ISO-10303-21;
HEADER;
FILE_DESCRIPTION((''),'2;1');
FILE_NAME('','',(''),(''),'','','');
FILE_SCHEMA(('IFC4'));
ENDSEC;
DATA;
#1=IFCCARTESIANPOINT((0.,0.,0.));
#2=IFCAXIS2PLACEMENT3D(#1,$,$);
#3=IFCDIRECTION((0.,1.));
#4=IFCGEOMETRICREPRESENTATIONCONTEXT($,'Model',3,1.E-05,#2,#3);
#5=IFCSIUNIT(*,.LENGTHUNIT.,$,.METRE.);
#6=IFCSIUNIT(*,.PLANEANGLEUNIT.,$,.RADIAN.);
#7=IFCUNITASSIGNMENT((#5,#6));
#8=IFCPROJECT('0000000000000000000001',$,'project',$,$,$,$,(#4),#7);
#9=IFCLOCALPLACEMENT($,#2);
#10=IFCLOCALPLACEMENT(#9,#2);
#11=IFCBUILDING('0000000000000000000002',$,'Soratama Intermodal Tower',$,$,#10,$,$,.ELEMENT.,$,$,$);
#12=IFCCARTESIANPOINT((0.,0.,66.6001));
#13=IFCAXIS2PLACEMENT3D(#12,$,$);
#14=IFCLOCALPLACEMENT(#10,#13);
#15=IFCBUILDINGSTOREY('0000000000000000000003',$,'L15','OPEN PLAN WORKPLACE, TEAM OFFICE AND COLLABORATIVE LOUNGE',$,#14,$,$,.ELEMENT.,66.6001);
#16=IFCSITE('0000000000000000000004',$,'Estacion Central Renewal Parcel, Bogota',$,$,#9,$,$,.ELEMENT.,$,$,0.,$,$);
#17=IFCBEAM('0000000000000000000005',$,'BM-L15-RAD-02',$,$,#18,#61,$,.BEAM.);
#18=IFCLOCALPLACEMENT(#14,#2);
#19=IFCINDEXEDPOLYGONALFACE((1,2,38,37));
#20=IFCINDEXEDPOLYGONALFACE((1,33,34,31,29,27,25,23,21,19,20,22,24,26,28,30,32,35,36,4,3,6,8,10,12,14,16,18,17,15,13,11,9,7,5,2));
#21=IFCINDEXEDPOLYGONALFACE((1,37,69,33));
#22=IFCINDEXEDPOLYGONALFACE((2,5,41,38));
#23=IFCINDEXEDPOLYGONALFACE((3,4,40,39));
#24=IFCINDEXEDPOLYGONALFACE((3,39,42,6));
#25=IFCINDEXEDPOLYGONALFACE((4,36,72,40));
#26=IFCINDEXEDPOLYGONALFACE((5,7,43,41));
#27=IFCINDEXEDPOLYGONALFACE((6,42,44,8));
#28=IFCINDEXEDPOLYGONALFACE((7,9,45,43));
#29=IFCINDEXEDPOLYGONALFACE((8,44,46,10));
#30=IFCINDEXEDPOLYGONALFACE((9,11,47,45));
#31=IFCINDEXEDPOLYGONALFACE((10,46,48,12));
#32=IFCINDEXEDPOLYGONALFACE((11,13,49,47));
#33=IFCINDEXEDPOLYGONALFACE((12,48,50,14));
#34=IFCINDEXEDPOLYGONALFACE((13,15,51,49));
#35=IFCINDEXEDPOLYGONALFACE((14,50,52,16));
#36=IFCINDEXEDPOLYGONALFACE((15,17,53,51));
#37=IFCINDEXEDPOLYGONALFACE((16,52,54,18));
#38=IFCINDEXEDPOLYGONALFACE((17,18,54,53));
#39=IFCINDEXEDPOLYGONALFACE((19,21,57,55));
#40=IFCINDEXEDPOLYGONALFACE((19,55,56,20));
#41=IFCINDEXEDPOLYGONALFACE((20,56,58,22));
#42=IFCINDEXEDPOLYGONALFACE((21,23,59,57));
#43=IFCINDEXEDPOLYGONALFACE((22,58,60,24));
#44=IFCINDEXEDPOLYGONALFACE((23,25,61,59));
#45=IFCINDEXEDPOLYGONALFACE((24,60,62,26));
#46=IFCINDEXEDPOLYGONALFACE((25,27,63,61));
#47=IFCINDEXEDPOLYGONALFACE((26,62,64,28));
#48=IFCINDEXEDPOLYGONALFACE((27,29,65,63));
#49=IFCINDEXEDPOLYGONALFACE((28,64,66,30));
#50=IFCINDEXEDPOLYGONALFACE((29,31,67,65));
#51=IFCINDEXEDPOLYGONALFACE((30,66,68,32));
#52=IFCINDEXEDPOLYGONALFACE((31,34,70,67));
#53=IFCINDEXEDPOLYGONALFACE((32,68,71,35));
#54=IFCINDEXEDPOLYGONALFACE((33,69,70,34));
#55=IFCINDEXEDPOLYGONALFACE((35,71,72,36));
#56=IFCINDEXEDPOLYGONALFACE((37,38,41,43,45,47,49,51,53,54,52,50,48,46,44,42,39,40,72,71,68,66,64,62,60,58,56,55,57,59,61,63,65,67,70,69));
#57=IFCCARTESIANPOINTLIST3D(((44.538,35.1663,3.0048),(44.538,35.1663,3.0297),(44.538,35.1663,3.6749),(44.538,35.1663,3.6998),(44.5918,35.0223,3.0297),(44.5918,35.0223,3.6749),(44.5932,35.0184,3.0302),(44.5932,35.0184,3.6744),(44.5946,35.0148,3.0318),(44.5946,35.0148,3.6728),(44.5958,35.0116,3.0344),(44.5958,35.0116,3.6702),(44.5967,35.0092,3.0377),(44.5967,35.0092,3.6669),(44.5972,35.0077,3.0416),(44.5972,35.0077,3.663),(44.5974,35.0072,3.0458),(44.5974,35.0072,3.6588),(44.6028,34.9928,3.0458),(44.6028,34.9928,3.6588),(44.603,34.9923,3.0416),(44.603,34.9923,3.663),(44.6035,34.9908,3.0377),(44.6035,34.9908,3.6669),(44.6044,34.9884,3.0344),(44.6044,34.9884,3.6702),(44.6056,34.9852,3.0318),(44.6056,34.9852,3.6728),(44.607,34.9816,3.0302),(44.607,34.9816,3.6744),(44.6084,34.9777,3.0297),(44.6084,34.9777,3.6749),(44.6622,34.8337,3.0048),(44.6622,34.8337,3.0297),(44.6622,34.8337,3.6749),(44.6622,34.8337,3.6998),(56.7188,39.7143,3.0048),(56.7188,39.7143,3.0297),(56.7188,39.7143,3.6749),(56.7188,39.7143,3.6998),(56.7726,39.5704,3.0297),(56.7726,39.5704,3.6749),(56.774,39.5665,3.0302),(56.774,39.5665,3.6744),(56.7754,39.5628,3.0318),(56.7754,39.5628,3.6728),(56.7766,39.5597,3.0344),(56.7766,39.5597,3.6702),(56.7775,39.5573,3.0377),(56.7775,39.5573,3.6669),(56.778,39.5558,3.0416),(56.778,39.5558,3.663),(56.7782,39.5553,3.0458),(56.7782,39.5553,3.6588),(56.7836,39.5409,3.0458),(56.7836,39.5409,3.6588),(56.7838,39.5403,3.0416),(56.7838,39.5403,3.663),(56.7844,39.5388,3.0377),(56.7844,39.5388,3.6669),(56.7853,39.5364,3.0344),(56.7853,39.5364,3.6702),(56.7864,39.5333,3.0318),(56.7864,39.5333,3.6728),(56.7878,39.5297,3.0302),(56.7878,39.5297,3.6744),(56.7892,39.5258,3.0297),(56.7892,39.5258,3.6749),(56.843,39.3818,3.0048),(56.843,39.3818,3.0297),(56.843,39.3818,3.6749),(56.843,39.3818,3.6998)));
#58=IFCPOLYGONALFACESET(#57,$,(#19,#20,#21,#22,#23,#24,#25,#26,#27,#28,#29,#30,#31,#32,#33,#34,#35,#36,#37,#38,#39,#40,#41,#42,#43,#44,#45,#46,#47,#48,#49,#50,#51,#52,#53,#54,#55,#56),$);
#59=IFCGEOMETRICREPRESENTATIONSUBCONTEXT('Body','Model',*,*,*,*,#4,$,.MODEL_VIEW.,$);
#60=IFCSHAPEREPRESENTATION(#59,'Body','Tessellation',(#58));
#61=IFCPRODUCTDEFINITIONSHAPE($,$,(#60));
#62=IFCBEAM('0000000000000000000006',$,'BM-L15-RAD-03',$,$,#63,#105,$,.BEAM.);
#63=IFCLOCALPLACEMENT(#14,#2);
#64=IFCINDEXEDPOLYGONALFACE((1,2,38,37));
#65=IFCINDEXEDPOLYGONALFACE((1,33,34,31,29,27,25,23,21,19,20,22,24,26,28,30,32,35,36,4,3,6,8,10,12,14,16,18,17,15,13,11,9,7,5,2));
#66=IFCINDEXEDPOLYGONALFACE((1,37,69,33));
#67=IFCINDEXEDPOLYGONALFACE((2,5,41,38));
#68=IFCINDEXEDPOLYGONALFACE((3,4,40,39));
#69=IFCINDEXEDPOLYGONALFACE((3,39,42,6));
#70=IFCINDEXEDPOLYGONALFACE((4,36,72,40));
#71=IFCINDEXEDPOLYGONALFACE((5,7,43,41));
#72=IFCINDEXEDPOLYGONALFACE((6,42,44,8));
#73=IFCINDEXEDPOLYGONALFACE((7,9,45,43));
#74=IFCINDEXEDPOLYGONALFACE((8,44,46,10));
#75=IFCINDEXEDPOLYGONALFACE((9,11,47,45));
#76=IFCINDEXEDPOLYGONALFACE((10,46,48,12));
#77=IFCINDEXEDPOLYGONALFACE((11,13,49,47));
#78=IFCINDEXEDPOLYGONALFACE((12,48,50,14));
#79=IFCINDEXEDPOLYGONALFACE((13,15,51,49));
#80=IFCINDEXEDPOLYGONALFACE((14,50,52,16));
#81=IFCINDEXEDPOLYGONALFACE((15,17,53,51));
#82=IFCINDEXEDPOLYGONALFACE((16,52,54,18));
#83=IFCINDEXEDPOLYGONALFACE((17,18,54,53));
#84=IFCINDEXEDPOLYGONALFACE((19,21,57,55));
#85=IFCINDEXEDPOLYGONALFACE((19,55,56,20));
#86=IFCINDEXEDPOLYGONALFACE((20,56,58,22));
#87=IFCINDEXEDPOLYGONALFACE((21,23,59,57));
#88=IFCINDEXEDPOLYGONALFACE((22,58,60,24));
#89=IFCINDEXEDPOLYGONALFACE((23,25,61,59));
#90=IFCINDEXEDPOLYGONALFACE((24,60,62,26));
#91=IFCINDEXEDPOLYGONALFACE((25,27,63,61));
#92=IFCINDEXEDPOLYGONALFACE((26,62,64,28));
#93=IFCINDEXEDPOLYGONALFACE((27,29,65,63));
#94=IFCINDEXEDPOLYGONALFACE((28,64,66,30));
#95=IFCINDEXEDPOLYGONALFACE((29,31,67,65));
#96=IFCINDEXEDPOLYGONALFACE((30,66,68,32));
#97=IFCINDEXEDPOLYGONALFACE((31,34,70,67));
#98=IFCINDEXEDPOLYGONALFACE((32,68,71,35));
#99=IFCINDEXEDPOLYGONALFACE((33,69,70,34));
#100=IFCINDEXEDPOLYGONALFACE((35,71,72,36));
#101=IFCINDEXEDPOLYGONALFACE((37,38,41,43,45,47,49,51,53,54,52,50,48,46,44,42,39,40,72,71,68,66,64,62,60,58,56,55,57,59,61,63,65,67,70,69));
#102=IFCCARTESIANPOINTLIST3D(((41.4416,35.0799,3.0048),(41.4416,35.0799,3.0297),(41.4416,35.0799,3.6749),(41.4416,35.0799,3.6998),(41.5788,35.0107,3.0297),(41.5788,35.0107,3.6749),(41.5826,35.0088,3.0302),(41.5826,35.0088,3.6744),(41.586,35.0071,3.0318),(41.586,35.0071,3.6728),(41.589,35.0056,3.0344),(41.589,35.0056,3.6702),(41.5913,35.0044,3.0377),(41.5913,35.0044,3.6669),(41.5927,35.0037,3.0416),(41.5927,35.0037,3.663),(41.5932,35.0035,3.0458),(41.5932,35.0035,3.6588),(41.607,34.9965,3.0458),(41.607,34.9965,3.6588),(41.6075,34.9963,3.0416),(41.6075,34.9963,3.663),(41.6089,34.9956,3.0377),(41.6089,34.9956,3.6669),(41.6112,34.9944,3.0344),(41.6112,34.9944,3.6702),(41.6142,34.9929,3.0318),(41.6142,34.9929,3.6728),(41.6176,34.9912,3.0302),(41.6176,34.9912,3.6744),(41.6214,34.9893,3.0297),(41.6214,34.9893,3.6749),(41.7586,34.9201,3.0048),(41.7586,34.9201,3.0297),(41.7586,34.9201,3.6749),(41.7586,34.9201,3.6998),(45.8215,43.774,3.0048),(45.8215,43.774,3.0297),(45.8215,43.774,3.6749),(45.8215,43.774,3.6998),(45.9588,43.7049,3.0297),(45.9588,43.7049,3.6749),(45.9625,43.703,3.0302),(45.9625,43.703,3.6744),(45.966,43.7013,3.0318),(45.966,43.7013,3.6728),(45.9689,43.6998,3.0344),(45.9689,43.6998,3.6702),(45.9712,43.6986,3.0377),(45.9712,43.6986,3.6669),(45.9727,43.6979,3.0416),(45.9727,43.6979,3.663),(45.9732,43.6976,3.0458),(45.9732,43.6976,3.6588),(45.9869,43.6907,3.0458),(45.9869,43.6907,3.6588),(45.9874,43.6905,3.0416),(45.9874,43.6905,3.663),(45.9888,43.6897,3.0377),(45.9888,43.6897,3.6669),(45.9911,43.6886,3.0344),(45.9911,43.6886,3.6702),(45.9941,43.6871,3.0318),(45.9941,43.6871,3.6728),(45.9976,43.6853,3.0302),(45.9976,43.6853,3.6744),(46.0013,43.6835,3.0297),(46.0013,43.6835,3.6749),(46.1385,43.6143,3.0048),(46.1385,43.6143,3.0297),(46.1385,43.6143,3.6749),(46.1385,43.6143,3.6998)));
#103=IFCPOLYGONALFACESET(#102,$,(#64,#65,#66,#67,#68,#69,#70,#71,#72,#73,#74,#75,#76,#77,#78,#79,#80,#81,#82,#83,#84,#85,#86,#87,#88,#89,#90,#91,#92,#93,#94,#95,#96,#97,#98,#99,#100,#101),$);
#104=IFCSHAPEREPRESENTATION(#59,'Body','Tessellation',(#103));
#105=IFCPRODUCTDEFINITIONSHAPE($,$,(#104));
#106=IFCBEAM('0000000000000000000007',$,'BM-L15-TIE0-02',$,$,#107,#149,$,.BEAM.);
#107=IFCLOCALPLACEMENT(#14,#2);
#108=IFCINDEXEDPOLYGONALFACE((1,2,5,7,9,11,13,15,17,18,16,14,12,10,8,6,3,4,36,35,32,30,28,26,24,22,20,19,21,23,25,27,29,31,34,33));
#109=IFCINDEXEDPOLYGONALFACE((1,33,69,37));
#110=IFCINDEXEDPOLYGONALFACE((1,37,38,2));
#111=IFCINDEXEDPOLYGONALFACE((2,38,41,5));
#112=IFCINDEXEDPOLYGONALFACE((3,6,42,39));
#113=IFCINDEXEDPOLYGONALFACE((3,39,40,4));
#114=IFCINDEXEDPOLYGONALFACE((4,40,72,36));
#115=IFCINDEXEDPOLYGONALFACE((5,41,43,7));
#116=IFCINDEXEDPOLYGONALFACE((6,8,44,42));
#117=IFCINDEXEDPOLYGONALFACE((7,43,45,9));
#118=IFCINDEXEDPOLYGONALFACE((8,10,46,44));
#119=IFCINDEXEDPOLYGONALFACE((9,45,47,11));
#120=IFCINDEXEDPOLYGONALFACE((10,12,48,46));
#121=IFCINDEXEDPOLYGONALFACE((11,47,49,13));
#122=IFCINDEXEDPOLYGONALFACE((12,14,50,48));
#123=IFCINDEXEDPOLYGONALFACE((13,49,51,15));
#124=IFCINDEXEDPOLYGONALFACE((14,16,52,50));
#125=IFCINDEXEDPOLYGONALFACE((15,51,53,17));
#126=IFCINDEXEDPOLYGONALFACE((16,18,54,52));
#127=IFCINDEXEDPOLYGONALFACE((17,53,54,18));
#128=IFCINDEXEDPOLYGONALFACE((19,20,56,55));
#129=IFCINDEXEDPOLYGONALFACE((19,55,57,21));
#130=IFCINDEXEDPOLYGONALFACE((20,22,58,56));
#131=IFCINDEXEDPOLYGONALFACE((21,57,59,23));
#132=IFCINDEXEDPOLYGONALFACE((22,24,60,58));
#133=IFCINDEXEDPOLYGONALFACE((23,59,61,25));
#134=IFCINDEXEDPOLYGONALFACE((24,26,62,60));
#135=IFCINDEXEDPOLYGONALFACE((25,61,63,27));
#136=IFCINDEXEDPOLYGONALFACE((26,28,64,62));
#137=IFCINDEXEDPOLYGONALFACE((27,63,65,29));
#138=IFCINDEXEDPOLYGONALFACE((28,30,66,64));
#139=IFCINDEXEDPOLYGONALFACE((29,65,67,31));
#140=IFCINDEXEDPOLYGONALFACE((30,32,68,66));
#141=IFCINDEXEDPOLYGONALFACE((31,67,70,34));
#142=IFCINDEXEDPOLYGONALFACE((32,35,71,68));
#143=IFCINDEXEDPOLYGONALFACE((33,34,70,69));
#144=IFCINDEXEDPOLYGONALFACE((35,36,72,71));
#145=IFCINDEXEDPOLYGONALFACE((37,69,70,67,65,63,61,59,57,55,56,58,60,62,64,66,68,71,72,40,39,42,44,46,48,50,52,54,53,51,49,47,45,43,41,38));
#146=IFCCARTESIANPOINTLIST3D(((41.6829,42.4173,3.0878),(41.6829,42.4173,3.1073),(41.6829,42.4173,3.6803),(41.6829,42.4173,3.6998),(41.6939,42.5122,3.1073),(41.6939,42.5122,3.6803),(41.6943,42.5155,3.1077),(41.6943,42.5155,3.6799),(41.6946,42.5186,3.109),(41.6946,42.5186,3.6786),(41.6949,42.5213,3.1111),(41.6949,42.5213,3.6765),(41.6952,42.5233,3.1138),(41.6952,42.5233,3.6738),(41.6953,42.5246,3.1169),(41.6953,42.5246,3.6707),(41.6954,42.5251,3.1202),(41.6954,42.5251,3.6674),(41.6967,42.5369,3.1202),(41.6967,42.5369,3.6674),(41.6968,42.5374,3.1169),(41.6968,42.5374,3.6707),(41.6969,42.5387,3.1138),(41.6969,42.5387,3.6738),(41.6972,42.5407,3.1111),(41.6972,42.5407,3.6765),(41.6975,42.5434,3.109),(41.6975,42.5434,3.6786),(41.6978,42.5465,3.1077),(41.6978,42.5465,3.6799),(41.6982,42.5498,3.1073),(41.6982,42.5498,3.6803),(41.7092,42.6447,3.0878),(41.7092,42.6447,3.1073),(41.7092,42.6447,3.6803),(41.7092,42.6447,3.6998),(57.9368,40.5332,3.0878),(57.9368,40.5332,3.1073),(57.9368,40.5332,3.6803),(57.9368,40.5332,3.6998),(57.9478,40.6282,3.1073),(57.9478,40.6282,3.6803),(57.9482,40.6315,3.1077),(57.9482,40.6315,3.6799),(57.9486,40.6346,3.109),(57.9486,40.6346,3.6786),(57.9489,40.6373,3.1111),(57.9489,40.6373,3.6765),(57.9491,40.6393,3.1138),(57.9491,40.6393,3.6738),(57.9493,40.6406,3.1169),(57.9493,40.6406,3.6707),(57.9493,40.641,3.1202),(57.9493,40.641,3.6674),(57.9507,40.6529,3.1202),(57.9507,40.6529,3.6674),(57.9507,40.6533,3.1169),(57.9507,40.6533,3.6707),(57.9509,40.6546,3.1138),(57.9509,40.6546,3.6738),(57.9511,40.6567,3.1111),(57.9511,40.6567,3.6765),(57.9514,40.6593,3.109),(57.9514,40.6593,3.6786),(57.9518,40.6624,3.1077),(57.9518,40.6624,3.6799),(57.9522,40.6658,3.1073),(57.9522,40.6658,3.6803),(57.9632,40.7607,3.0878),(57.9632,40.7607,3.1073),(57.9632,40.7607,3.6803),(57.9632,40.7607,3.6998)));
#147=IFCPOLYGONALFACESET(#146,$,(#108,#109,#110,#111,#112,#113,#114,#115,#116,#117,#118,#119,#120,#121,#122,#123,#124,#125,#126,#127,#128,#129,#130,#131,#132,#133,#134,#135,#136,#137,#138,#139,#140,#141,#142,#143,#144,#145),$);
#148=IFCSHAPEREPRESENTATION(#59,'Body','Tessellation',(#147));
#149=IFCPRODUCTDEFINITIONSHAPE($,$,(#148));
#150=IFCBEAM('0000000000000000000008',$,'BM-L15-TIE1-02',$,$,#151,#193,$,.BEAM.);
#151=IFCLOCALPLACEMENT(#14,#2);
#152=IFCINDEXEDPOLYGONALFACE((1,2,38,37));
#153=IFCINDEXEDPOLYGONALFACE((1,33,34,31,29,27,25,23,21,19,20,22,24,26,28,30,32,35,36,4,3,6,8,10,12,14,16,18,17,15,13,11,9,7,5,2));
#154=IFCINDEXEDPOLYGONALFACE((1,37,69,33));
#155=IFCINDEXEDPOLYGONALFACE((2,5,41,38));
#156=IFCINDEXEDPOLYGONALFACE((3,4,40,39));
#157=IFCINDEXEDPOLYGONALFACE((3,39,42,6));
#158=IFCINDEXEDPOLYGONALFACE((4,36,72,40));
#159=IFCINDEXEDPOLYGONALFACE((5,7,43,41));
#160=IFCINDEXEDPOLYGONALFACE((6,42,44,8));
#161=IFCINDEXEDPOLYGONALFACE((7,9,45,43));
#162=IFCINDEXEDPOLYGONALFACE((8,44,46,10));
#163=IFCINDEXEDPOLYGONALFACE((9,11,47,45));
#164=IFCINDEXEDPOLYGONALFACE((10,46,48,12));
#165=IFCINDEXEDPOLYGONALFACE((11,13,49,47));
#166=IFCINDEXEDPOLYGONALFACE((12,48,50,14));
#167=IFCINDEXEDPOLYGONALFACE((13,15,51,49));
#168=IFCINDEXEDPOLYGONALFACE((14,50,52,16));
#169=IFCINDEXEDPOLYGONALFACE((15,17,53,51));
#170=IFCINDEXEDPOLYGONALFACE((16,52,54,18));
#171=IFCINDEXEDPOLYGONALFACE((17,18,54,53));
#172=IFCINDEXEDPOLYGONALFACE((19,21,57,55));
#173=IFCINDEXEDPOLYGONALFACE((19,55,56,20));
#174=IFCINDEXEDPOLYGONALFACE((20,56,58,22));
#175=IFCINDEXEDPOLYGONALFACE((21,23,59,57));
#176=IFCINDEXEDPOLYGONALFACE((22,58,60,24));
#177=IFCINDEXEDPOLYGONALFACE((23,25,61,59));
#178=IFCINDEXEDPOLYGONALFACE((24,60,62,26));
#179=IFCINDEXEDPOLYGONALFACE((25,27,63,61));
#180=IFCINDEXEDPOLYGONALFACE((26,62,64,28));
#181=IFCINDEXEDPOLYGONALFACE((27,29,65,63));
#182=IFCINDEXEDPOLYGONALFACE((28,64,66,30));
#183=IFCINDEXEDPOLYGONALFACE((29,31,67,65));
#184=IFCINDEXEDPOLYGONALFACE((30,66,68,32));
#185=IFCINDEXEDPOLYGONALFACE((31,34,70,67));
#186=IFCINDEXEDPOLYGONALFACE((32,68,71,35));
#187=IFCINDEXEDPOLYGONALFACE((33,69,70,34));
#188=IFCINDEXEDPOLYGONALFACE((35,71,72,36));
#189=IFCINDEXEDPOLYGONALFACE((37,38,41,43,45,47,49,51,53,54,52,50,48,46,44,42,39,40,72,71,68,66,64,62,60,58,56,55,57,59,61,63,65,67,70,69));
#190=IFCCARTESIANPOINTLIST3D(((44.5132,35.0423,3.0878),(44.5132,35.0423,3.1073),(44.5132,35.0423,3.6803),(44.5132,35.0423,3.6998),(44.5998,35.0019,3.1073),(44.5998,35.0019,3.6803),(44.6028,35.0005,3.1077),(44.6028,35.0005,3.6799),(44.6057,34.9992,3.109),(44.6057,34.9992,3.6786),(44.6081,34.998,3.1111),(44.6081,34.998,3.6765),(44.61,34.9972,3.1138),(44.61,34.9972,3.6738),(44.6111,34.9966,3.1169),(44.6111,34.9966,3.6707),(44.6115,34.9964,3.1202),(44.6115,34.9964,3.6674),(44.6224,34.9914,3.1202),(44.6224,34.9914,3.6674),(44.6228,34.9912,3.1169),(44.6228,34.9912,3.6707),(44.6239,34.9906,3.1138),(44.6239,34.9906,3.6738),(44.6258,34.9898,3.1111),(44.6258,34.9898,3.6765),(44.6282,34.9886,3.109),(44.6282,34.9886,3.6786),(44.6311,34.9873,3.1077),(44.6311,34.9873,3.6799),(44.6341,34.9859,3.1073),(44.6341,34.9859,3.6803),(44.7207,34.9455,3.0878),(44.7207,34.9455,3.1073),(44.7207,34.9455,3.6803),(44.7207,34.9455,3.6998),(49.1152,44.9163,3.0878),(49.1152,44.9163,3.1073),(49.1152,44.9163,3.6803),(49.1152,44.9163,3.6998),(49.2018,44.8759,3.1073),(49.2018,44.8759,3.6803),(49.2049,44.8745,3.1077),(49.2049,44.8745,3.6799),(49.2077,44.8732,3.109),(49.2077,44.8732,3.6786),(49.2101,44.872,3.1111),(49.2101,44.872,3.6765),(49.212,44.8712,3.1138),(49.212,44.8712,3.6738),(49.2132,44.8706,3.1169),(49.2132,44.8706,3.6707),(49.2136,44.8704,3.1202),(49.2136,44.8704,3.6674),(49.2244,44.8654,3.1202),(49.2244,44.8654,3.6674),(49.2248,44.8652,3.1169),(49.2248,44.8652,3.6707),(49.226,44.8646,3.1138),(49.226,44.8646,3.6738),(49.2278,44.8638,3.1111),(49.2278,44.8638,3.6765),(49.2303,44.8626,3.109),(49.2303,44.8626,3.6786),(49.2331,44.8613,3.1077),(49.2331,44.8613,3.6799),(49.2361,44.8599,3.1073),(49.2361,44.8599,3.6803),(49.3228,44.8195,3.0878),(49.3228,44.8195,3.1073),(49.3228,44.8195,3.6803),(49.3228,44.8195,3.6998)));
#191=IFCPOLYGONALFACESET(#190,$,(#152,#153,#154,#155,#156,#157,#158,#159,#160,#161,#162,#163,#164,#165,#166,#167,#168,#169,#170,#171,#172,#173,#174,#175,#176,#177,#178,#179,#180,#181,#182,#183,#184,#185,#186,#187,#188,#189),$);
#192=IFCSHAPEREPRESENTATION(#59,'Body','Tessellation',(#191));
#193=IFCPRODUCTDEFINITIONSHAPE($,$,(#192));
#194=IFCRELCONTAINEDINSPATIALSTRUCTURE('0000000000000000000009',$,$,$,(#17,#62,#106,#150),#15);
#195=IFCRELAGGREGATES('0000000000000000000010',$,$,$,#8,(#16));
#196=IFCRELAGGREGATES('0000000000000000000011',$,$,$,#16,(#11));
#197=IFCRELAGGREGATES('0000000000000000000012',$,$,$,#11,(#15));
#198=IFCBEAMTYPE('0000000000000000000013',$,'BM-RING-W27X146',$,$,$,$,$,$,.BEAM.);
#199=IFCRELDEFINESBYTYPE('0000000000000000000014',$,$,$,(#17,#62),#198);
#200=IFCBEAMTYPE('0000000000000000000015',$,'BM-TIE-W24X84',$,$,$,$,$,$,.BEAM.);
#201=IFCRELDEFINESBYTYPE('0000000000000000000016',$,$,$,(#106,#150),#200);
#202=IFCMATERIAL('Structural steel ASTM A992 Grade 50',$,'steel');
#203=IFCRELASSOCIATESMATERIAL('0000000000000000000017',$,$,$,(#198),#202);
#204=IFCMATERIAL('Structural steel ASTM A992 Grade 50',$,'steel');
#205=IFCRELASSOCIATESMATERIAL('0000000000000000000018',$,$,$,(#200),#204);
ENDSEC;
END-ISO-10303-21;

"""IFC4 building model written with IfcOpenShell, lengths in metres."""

from ifc_helpers import new_model, si_unit, direction, frame, origin, origin_2d, place, context, subcontext, project, spatial, i_section, extrude, material, material_profile, profile_set, type_object, element, save


model = new_model("IFC4")

# Units and contexts
model_context = context("Model", 3, precision=1e-05, world=origin(), true_north=direction((0.0, 1.0)))
body_context = subcontext(model_context, "Body", "Model", "MODEL_VIEW")
ifc_project = project(units=[si_unit("LENGTHUNIT", "METRE"), si_unit("PLANEANGLEUNIT", "RADIAN")], contexts=[model_context])

# Site, building, storey
site_placement = place(None, origin())
site = spatial("IfcSite", under=ifc_project, at=site_placement, Name="Estacion Central Renewal Parcel, Bogota", CompositionType="ELEMENT", RefElevation=0.0)
building_placement = place(site_placement, origin())
building = spatial("IfcBuilding", under=site, at=building_placement, Name="Soratama Intermodal Tower", CompositionType="ELEMENT")
storey_placement = place(building_placement, frame((0.0, 0.0, 66.6001)))
storey = spatial("IfcBuildingStorey", under=building, at=storey_placement, Name="L15", Description="OPEN PLAN WORKPLACE, TEAM OFFICE AND COLLABORATIVE LOUNGE", CompositionType="ELEMENT", Elevation=66.6001)

# Beams
ifc_material_1 = material(Name="Structural steel ASTM A992 Grade 50", Category="steel")
ifc_material_profile_1 = material_profile(ifc_material_1, i_section(OverallWidth=0.355, OverallDepth=0.6951, WebThickness=0.0154, FlangeThickness=0.0249, FilletRadius=0.0161, at=origin_2d()), Name="W27X146")
ifc_profile_set_1 = profile_set([ifc_material_profile_1], Name="Structural steel ASTM A992 Grade 50")
beam_type_1 = type_object("IfcBeamType", Name="BM-RING-W27X146", PredefinedType="BEAM", material=ifc_profile_set_1)
beam_1_placement = place(storey_placement, frame((44.6001, 35.0, 3.3523), z_axis=(0.936827, 0.349792, 0.0), x_axis=(-0.349792, 0.936827, 0.0)))
element("IfcBeam", 1, at=beam_1_placement, inside=storey, type_object=beam_type_1, Name="BM-L15-RAD-02", PredefinedType="BEAM", context=body_context, shape_type="SweptSolid", body=[
    extrude(i_section(OverallWidth=0.355, OverallDepth=0.6951, WebThickness=0.0154, FlangeThickness=0.0249, FilletRadius=0.0161, at=origin_2d()), origin(), (0.0, 0.0, 1.0), 13.0022),
])
beam_2_placement = place(storey_placement, frame((41.6001, 35.0, 3.3523), z_axis=(0.44991, 0.893074, 0.0), x_axis=(-0.893074, 0.44991, 0.0)))
element("IfcBeam", 2, at=beam_2_placement, inside=storey, type_object=beam_type_1, Name="BM-L15-RAD-03", PredefinedType="BEAM", context=body_context, shape_type="SweptSolid", body=[
    extrude(i_section(OverallWidth=0.355, OverallDepth=0.6951, WebThickness=0.0154, FlangeThickness=0.0249, FilletRadius=0.0161, at=origin_2d()), origin(), (0.0, 0.0, 1.0), 9.7351),
])
ifc_material_2 = material(Name="Structural steel ASTM A992 Grade 50", Category="steel")
ifc_material_profile_2 = material_profile(ifc_material_2, i_section(OverallWidth=0.229, OverallDepth=0.6121, WebThickness=0.012, FlangeThickness=0.0195, FilletRadius=0.0129, at=origin_2d()), Name="W24X84")
ifc_profile_set_2 = profile_set([ifc_material_profile_2], Name="Structural steel ASTM A992 Grade 50")
beam_type_2 = type_object("IfcBeamType", Name="BM-TIE-W24X84", PredefinedType="BEAM", material=ifc_profile_set_2)
beam_3_placement = place(storey_placement, frame((41.696, 42.531, 3.3938), z_axis=(0.993349, -0.115142, 0.0), x_axis=(0.115142, 0.993349, 0.0)))
element("IfcBeam", 3, at=beam_3_placement, inside=storey, type_object=beam_type_2, Name="BM-L15-TIE0-02", PredefinedType="BEAM", context=body_context, shape_type="SweptSolid", body=[
    extrude(i_section(OverallWidth=0.229, OverallDepth=0.6121, WebThickness=0.012, FlangeThickness=0.0195, FilletRadius=0.0129, at=origin_2d()), origin(), (0.0, 0.0, 1.0), 16.3628),
])
beam_4_placement = place(storey_placement, frame((44.6169, 34.9939, 3.3938), z_axis=(0.422446, 0.906388, 0.0), x_axis=(-0.906388, 0.422446, 0.0)))
element("IfcBeam", 4, at=beam_4_placement, inside=storey, type_object=beam_type_2, Name="BM-L15-TIE1-02", PredefinedType="BEAM", context=body_context, shape_type="SweptSolid", body=[
    extrude(i_section(OverallWidth=0.229, OverallDepth=0.6121, WebThickness=0.012, FlangeThickness=0.0195, FilletRadius=0.0129, at=origin_2d()), origin(), (0.0, 0.0, 1.0), 10.8938),
])

save(model, "model.ifc")
